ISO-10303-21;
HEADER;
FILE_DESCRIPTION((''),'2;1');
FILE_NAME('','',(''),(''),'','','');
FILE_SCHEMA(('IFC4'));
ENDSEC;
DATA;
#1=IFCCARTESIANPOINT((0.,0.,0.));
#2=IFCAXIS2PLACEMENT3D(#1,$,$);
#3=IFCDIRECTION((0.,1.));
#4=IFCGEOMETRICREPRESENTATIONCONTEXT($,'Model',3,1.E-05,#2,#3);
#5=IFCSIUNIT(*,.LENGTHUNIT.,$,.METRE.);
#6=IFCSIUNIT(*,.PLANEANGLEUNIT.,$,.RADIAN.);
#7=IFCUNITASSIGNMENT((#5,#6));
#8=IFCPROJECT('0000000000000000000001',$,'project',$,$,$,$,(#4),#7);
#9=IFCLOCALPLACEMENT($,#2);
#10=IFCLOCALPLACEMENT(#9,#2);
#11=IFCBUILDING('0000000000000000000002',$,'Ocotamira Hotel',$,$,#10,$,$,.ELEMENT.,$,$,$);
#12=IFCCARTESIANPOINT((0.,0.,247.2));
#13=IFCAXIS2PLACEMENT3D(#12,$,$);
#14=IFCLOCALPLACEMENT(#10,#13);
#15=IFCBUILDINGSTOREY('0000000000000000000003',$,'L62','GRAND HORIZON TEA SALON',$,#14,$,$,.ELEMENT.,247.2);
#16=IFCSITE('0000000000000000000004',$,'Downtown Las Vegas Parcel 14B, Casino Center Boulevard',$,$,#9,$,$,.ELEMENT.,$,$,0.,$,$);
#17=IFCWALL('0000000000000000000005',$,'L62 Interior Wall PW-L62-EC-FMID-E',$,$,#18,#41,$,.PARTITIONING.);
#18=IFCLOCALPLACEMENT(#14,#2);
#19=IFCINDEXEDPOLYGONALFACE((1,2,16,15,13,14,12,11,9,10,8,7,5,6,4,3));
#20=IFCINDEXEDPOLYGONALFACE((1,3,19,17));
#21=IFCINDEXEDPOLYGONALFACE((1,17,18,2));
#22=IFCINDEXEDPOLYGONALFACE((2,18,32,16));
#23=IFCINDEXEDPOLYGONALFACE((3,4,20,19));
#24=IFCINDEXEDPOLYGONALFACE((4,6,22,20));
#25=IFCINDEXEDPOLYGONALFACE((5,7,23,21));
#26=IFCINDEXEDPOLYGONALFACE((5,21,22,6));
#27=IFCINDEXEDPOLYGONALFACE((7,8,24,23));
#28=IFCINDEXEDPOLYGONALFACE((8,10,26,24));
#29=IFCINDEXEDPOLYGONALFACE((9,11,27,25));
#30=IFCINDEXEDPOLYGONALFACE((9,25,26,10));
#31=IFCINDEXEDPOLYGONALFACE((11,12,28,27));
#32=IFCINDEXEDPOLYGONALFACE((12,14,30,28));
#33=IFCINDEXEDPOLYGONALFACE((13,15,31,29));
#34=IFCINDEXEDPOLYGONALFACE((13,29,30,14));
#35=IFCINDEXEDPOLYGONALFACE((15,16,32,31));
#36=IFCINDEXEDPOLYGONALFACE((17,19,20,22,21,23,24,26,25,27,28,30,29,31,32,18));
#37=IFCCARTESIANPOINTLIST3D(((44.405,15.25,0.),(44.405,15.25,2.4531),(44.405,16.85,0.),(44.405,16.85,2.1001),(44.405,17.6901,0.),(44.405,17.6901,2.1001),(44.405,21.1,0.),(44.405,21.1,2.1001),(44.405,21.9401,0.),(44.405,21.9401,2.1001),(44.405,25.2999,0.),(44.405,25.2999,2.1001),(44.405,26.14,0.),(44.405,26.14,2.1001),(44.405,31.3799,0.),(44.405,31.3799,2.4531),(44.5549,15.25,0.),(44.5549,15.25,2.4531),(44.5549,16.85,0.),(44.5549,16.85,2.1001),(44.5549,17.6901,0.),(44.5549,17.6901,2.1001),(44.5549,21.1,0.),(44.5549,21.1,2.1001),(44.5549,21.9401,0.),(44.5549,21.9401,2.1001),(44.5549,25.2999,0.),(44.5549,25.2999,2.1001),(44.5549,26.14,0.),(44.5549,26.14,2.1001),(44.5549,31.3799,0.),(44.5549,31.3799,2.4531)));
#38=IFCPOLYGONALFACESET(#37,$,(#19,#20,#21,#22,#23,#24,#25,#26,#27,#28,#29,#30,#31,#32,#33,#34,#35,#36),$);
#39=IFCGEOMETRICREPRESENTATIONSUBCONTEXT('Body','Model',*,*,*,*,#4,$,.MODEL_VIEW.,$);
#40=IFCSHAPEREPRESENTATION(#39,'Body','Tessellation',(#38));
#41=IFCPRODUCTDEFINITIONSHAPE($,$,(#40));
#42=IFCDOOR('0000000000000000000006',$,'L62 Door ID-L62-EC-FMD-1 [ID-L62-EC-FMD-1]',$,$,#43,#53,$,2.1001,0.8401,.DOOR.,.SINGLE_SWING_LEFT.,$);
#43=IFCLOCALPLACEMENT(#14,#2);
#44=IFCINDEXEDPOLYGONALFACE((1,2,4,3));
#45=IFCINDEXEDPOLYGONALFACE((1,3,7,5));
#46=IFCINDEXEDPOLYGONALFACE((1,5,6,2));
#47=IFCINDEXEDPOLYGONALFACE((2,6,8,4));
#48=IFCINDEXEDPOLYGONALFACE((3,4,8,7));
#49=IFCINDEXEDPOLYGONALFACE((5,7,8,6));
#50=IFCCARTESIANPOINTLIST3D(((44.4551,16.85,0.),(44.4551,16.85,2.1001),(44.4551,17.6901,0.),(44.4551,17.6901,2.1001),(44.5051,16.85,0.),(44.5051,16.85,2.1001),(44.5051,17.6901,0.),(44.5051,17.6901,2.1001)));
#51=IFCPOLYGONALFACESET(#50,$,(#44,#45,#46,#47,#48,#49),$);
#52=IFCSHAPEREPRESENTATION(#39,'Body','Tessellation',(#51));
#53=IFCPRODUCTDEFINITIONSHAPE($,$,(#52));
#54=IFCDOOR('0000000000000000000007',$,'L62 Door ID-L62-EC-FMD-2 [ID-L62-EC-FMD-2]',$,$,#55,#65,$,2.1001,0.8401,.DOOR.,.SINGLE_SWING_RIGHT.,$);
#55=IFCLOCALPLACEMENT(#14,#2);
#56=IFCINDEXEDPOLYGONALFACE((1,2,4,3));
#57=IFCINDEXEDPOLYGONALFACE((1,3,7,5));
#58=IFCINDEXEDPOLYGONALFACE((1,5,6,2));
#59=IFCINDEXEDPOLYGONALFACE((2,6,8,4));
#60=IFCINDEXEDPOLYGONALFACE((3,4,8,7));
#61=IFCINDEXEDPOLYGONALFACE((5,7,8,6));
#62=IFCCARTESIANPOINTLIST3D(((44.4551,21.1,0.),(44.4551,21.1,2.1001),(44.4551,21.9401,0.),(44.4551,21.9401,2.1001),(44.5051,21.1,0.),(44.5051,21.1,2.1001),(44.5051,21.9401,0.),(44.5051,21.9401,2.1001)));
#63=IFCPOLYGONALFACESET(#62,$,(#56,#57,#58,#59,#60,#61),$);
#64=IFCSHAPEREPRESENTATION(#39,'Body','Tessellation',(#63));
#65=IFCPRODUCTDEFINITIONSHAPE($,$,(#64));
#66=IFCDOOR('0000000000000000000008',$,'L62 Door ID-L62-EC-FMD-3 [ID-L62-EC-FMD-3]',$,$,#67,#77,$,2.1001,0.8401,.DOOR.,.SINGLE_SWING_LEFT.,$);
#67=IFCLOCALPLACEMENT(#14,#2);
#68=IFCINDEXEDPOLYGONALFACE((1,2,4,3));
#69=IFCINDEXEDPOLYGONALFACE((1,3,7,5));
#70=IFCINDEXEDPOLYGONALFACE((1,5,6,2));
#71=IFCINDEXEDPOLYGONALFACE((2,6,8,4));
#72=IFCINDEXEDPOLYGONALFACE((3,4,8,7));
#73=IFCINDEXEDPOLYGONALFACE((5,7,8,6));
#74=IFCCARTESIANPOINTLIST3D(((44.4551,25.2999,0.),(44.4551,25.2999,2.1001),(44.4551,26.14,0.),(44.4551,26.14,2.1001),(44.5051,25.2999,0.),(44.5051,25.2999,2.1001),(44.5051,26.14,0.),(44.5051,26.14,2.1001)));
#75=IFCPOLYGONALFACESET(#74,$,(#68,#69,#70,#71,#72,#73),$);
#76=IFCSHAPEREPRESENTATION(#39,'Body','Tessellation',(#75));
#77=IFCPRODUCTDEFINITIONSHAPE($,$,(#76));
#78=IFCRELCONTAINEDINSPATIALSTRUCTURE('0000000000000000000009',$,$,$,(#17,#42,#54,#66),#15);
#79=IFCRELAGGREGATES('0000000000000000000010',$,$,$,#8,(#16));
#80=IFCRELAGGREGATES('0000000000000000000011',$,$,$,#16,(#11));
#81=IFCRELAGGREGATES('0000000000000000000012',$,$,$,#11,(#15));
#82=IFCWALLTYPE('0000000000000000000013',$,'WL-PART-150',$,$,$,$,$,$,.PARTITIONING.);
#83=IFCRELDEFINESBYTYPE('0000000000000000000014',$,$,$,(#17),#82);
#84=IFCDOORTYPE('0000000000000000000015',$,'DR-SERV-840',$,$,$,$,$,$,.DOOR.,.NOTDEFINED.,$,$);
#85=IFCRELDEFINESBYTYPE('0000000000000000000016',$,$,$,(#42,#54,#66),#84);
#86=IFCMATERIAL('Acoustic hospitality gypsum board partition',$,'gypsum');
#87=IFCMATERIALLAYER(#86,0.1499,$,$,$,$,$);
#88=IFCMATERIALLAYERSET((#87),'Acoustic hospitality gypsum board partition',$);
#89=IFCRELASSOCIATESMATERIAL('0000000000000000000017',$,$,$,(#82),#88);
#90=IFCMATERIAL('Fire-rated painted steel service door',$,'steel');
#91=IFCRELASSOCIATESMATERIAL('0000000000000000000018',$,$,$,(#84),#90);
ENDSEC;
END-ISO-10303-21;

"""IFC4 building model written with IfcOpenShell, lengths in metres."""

from ifc_helpers import new_model, si_unit, direction, frame, frame_2d, origin, place, context, subcontext, project, spatial, rectangle, extrude, source, transform, mapped, material, layer, layer_set, type_object, element, fill, save


model = new_model("IFC4")

# Units and contexts
model_context = context("Model", 3, precision=1e-05, world=origin(), true_north=direction((0.0, 1.0)))
body_context = subcontext(model_context, "Body", "Model", "MODEL_VIEW")
ifc_project = project(units=[si_unit("LENGTHUNIT", "METRE"), si_unit("PLANEANGLEUNIT", "RADIAN")], contexts=[model_context])

# Site, building, storey
site_placement = place(None, origin())
site = spatial("IfcSite", under=ifc_project, at=site_placement, Name="Downtown Las Vegas Parcel 14B, Casino Center Boulevard", CompositionType="ELEMENT", RefElevation=0.0)
building_placement = place(site_placement, origin())
building = spatial("IfcBuilding", under=site, at=building_placement, Name="Ocotamira Hotel", CompositionType="ELEMENT")
storey_placement = place(building_placement, frame((0.0, 0.0, 247.2)))
storey = spatial("IfcBuildingStorey", under=building, at=storey_placement, Name="L62", Description="GRAND HORIZON TEA SALON", CompositionType="ELEMENT", Elevation=247.2)

# Shared definitions
ifc_material_1 = material(Name="Acoustic hospitality gypsum board partition", Category="gypsum")

# Wall, openings, doors
ifc_layer_1 = layer(ifc_material_1, 0.1499)
ifc_layer_set_1 = layer_set([ifc_layer_1], Name="Acoustic hospitality gypsum board partition")
wall_type_1 = type_object("IfcWallType", Name="WL-PART-150", PredefinedType="PARTITIONING", material=ifc_layer_set_1)
wall_1_placement = place(storey_placement, frame((44.48, 15.25, 0.0), z_axis=(0.0, 0.0, 1.0), x_axis=(0.0, 1.0, 0.0)))
wall_1 = element("IfcWall", 1, at=wall_1_placement, inside=storey, type_object=wall_type_1, Name="L62 Interior Wall PW-L62-EC-FMID-E", PredefinedType="PARTITIONING", context=body_context, shape_type="SweptSolid", body=[
    extrude(rectangle(XDim=16.1299, YDim=0.1499, at=frame_2d((8.0649, 0.0))), origin(), (0.0, 0.0, 1.0), 2.4531),
])
opening_1_placement = place(wall_1_placement, frame((1.6001, 0.0, 0.0)))
opening_1 = element("IfcOpeningElement", 2, at=opening_1_placement, cuts=wall_1, PredefinedType="OPENING", context=body_context, shape_type="SweptSolid", body=[
    extrude(rectangle(XDim=0.8401, YDim=2.1001, at=frame_2d((0.4199, 1.05))), frame((0.0, 0.085, 0.0), z_axis=(0.0, -1.0, 0.0), x_axis=(1.0, 0.0, 0.0)), (0.0, 0.0, 1.0), 0.1699),
])
opening_2_placement = place(wall_1_placement, frame((5.8501, 0.0, 0.0)))
opening_2 = element("IfcOpeningElement", 3, at=opening_2_placement, cuts=wall_1, PredefinedType="OPENING", context=body_context, shape_type="SweptSolid", body=[
    extrude(rectangle(XDim=0.8401, YDim=2.1001, at=frame_2d((0.4199, 1.05))), frame((0.0, 0.085, 0.0), z_axis=(0.0, -1.0, 0.0), x_axis=(1.0, 0.0, 0.0)), (0.0, 0.0, 1.0), 0.1699),
])
opening_3_placement = place(wall_1_placement, frame((10.05, 0.0, 0.0)))
opening_3 = element("IfcOpeningElement", 4, at=opening_3_placement, cuts=wall_1, PredefinedType="OPENING", context=body_context, shape_type="SweptSolid", body=[
    extrude(rectangle(XDim=0.8401, YDim=2.1001, at=frame_2d((0.4199, 1.05))), frame((0.0, 0.085, 0.0), z_axis=(0.0, -1.0, 0.0), x_axis=(1.0, 0.0, 0.0)), (0.0, 0.0, 1.0), 0.1699),
])
ifc_material_2 = material(Name="Fire-rated painted steel service door", Category="steel")
door_type_1 = type_object("IfcDoorType", Name="DR-SERV-840", OperationType="NOTDEFINED", PredefinedType="DOOR", material=ifc_material_2)
shared_shape_1 = source(origin(), body_context, "Body", "SweptSolid", [
    extrude(rectangle(XDim=0.8401, YDim=2.1001, at=frame_2d((0.4199, 1.05))), frame((0.0, 0.0249, 0.0), z_axis=(0.0, -1.0, 0.0), x_axis=(1.0, 0.0, 0.0)), (0.0, 0.0, 1.0), 0.05),
])
door_1_placement = place(opening_1_placement, origin())
door_1 = element("IfcDoor", 5, at=door_1_placement, inside=storey, type_object=door_type_1, Name="L62 Door ID-L62-EC-FMD-1 [ID-L62-EC-FMD-1]", OperationType="SINGLE_SWING_LEFT", OverallHeight=2.1001, OverallWidth=0.8401, PredefinedType="DOOR", context=body_context, shape_type="MappedRepresentation", body=[
    mapped(shared_shape_1, transform((0.0, 0.0, 0.0), scale=1.0)),
])
fill(opening_1, door_1)
door_2_placement = place(opening_2_placement, origin())
door_2 = element("IfcDoor", 6, at=door_2_placement, inside=storey, type_object=door_type_1, Name="L62 Door ID-L62-EC-FMD-2 [ID-L62-EC-FMD-2]", OperationType="SINGLE_SWING_RIGHT", OverallHeight=2.1001, OverallWidth=0.8401, PredefinedType="DOOR", context=body_context, shape_type="MappedRepresentation", body=[
    mapped(shared_shape_1, transform((0.0, 0.0, 0.0), scale=1.0)),
])
fill(opening_2, door_2)
door_3_placement = place(opening_3_placement, origin())
door_3 = element("IfcDoor", 7, at=door_3_placement, inside=storey, type_object=door_type_1, Name="L62 Door ID-L62-EC-FMD-3 [ID-L62-EC-FMD-3]", OperationType="SINGLE_SWING_LEFT", OverallHeight=2.1001, OverallWidth=0.8401, PredefinedType="DOOR", context=body_context, shape_type="MappedRepresentation", body=[
    mapped(shared_shape_1, transform((0.0, 0.0, 0.0), scale=1.0)),
])
fill(opening_3, door_3)

save(model, "model.ifc")
